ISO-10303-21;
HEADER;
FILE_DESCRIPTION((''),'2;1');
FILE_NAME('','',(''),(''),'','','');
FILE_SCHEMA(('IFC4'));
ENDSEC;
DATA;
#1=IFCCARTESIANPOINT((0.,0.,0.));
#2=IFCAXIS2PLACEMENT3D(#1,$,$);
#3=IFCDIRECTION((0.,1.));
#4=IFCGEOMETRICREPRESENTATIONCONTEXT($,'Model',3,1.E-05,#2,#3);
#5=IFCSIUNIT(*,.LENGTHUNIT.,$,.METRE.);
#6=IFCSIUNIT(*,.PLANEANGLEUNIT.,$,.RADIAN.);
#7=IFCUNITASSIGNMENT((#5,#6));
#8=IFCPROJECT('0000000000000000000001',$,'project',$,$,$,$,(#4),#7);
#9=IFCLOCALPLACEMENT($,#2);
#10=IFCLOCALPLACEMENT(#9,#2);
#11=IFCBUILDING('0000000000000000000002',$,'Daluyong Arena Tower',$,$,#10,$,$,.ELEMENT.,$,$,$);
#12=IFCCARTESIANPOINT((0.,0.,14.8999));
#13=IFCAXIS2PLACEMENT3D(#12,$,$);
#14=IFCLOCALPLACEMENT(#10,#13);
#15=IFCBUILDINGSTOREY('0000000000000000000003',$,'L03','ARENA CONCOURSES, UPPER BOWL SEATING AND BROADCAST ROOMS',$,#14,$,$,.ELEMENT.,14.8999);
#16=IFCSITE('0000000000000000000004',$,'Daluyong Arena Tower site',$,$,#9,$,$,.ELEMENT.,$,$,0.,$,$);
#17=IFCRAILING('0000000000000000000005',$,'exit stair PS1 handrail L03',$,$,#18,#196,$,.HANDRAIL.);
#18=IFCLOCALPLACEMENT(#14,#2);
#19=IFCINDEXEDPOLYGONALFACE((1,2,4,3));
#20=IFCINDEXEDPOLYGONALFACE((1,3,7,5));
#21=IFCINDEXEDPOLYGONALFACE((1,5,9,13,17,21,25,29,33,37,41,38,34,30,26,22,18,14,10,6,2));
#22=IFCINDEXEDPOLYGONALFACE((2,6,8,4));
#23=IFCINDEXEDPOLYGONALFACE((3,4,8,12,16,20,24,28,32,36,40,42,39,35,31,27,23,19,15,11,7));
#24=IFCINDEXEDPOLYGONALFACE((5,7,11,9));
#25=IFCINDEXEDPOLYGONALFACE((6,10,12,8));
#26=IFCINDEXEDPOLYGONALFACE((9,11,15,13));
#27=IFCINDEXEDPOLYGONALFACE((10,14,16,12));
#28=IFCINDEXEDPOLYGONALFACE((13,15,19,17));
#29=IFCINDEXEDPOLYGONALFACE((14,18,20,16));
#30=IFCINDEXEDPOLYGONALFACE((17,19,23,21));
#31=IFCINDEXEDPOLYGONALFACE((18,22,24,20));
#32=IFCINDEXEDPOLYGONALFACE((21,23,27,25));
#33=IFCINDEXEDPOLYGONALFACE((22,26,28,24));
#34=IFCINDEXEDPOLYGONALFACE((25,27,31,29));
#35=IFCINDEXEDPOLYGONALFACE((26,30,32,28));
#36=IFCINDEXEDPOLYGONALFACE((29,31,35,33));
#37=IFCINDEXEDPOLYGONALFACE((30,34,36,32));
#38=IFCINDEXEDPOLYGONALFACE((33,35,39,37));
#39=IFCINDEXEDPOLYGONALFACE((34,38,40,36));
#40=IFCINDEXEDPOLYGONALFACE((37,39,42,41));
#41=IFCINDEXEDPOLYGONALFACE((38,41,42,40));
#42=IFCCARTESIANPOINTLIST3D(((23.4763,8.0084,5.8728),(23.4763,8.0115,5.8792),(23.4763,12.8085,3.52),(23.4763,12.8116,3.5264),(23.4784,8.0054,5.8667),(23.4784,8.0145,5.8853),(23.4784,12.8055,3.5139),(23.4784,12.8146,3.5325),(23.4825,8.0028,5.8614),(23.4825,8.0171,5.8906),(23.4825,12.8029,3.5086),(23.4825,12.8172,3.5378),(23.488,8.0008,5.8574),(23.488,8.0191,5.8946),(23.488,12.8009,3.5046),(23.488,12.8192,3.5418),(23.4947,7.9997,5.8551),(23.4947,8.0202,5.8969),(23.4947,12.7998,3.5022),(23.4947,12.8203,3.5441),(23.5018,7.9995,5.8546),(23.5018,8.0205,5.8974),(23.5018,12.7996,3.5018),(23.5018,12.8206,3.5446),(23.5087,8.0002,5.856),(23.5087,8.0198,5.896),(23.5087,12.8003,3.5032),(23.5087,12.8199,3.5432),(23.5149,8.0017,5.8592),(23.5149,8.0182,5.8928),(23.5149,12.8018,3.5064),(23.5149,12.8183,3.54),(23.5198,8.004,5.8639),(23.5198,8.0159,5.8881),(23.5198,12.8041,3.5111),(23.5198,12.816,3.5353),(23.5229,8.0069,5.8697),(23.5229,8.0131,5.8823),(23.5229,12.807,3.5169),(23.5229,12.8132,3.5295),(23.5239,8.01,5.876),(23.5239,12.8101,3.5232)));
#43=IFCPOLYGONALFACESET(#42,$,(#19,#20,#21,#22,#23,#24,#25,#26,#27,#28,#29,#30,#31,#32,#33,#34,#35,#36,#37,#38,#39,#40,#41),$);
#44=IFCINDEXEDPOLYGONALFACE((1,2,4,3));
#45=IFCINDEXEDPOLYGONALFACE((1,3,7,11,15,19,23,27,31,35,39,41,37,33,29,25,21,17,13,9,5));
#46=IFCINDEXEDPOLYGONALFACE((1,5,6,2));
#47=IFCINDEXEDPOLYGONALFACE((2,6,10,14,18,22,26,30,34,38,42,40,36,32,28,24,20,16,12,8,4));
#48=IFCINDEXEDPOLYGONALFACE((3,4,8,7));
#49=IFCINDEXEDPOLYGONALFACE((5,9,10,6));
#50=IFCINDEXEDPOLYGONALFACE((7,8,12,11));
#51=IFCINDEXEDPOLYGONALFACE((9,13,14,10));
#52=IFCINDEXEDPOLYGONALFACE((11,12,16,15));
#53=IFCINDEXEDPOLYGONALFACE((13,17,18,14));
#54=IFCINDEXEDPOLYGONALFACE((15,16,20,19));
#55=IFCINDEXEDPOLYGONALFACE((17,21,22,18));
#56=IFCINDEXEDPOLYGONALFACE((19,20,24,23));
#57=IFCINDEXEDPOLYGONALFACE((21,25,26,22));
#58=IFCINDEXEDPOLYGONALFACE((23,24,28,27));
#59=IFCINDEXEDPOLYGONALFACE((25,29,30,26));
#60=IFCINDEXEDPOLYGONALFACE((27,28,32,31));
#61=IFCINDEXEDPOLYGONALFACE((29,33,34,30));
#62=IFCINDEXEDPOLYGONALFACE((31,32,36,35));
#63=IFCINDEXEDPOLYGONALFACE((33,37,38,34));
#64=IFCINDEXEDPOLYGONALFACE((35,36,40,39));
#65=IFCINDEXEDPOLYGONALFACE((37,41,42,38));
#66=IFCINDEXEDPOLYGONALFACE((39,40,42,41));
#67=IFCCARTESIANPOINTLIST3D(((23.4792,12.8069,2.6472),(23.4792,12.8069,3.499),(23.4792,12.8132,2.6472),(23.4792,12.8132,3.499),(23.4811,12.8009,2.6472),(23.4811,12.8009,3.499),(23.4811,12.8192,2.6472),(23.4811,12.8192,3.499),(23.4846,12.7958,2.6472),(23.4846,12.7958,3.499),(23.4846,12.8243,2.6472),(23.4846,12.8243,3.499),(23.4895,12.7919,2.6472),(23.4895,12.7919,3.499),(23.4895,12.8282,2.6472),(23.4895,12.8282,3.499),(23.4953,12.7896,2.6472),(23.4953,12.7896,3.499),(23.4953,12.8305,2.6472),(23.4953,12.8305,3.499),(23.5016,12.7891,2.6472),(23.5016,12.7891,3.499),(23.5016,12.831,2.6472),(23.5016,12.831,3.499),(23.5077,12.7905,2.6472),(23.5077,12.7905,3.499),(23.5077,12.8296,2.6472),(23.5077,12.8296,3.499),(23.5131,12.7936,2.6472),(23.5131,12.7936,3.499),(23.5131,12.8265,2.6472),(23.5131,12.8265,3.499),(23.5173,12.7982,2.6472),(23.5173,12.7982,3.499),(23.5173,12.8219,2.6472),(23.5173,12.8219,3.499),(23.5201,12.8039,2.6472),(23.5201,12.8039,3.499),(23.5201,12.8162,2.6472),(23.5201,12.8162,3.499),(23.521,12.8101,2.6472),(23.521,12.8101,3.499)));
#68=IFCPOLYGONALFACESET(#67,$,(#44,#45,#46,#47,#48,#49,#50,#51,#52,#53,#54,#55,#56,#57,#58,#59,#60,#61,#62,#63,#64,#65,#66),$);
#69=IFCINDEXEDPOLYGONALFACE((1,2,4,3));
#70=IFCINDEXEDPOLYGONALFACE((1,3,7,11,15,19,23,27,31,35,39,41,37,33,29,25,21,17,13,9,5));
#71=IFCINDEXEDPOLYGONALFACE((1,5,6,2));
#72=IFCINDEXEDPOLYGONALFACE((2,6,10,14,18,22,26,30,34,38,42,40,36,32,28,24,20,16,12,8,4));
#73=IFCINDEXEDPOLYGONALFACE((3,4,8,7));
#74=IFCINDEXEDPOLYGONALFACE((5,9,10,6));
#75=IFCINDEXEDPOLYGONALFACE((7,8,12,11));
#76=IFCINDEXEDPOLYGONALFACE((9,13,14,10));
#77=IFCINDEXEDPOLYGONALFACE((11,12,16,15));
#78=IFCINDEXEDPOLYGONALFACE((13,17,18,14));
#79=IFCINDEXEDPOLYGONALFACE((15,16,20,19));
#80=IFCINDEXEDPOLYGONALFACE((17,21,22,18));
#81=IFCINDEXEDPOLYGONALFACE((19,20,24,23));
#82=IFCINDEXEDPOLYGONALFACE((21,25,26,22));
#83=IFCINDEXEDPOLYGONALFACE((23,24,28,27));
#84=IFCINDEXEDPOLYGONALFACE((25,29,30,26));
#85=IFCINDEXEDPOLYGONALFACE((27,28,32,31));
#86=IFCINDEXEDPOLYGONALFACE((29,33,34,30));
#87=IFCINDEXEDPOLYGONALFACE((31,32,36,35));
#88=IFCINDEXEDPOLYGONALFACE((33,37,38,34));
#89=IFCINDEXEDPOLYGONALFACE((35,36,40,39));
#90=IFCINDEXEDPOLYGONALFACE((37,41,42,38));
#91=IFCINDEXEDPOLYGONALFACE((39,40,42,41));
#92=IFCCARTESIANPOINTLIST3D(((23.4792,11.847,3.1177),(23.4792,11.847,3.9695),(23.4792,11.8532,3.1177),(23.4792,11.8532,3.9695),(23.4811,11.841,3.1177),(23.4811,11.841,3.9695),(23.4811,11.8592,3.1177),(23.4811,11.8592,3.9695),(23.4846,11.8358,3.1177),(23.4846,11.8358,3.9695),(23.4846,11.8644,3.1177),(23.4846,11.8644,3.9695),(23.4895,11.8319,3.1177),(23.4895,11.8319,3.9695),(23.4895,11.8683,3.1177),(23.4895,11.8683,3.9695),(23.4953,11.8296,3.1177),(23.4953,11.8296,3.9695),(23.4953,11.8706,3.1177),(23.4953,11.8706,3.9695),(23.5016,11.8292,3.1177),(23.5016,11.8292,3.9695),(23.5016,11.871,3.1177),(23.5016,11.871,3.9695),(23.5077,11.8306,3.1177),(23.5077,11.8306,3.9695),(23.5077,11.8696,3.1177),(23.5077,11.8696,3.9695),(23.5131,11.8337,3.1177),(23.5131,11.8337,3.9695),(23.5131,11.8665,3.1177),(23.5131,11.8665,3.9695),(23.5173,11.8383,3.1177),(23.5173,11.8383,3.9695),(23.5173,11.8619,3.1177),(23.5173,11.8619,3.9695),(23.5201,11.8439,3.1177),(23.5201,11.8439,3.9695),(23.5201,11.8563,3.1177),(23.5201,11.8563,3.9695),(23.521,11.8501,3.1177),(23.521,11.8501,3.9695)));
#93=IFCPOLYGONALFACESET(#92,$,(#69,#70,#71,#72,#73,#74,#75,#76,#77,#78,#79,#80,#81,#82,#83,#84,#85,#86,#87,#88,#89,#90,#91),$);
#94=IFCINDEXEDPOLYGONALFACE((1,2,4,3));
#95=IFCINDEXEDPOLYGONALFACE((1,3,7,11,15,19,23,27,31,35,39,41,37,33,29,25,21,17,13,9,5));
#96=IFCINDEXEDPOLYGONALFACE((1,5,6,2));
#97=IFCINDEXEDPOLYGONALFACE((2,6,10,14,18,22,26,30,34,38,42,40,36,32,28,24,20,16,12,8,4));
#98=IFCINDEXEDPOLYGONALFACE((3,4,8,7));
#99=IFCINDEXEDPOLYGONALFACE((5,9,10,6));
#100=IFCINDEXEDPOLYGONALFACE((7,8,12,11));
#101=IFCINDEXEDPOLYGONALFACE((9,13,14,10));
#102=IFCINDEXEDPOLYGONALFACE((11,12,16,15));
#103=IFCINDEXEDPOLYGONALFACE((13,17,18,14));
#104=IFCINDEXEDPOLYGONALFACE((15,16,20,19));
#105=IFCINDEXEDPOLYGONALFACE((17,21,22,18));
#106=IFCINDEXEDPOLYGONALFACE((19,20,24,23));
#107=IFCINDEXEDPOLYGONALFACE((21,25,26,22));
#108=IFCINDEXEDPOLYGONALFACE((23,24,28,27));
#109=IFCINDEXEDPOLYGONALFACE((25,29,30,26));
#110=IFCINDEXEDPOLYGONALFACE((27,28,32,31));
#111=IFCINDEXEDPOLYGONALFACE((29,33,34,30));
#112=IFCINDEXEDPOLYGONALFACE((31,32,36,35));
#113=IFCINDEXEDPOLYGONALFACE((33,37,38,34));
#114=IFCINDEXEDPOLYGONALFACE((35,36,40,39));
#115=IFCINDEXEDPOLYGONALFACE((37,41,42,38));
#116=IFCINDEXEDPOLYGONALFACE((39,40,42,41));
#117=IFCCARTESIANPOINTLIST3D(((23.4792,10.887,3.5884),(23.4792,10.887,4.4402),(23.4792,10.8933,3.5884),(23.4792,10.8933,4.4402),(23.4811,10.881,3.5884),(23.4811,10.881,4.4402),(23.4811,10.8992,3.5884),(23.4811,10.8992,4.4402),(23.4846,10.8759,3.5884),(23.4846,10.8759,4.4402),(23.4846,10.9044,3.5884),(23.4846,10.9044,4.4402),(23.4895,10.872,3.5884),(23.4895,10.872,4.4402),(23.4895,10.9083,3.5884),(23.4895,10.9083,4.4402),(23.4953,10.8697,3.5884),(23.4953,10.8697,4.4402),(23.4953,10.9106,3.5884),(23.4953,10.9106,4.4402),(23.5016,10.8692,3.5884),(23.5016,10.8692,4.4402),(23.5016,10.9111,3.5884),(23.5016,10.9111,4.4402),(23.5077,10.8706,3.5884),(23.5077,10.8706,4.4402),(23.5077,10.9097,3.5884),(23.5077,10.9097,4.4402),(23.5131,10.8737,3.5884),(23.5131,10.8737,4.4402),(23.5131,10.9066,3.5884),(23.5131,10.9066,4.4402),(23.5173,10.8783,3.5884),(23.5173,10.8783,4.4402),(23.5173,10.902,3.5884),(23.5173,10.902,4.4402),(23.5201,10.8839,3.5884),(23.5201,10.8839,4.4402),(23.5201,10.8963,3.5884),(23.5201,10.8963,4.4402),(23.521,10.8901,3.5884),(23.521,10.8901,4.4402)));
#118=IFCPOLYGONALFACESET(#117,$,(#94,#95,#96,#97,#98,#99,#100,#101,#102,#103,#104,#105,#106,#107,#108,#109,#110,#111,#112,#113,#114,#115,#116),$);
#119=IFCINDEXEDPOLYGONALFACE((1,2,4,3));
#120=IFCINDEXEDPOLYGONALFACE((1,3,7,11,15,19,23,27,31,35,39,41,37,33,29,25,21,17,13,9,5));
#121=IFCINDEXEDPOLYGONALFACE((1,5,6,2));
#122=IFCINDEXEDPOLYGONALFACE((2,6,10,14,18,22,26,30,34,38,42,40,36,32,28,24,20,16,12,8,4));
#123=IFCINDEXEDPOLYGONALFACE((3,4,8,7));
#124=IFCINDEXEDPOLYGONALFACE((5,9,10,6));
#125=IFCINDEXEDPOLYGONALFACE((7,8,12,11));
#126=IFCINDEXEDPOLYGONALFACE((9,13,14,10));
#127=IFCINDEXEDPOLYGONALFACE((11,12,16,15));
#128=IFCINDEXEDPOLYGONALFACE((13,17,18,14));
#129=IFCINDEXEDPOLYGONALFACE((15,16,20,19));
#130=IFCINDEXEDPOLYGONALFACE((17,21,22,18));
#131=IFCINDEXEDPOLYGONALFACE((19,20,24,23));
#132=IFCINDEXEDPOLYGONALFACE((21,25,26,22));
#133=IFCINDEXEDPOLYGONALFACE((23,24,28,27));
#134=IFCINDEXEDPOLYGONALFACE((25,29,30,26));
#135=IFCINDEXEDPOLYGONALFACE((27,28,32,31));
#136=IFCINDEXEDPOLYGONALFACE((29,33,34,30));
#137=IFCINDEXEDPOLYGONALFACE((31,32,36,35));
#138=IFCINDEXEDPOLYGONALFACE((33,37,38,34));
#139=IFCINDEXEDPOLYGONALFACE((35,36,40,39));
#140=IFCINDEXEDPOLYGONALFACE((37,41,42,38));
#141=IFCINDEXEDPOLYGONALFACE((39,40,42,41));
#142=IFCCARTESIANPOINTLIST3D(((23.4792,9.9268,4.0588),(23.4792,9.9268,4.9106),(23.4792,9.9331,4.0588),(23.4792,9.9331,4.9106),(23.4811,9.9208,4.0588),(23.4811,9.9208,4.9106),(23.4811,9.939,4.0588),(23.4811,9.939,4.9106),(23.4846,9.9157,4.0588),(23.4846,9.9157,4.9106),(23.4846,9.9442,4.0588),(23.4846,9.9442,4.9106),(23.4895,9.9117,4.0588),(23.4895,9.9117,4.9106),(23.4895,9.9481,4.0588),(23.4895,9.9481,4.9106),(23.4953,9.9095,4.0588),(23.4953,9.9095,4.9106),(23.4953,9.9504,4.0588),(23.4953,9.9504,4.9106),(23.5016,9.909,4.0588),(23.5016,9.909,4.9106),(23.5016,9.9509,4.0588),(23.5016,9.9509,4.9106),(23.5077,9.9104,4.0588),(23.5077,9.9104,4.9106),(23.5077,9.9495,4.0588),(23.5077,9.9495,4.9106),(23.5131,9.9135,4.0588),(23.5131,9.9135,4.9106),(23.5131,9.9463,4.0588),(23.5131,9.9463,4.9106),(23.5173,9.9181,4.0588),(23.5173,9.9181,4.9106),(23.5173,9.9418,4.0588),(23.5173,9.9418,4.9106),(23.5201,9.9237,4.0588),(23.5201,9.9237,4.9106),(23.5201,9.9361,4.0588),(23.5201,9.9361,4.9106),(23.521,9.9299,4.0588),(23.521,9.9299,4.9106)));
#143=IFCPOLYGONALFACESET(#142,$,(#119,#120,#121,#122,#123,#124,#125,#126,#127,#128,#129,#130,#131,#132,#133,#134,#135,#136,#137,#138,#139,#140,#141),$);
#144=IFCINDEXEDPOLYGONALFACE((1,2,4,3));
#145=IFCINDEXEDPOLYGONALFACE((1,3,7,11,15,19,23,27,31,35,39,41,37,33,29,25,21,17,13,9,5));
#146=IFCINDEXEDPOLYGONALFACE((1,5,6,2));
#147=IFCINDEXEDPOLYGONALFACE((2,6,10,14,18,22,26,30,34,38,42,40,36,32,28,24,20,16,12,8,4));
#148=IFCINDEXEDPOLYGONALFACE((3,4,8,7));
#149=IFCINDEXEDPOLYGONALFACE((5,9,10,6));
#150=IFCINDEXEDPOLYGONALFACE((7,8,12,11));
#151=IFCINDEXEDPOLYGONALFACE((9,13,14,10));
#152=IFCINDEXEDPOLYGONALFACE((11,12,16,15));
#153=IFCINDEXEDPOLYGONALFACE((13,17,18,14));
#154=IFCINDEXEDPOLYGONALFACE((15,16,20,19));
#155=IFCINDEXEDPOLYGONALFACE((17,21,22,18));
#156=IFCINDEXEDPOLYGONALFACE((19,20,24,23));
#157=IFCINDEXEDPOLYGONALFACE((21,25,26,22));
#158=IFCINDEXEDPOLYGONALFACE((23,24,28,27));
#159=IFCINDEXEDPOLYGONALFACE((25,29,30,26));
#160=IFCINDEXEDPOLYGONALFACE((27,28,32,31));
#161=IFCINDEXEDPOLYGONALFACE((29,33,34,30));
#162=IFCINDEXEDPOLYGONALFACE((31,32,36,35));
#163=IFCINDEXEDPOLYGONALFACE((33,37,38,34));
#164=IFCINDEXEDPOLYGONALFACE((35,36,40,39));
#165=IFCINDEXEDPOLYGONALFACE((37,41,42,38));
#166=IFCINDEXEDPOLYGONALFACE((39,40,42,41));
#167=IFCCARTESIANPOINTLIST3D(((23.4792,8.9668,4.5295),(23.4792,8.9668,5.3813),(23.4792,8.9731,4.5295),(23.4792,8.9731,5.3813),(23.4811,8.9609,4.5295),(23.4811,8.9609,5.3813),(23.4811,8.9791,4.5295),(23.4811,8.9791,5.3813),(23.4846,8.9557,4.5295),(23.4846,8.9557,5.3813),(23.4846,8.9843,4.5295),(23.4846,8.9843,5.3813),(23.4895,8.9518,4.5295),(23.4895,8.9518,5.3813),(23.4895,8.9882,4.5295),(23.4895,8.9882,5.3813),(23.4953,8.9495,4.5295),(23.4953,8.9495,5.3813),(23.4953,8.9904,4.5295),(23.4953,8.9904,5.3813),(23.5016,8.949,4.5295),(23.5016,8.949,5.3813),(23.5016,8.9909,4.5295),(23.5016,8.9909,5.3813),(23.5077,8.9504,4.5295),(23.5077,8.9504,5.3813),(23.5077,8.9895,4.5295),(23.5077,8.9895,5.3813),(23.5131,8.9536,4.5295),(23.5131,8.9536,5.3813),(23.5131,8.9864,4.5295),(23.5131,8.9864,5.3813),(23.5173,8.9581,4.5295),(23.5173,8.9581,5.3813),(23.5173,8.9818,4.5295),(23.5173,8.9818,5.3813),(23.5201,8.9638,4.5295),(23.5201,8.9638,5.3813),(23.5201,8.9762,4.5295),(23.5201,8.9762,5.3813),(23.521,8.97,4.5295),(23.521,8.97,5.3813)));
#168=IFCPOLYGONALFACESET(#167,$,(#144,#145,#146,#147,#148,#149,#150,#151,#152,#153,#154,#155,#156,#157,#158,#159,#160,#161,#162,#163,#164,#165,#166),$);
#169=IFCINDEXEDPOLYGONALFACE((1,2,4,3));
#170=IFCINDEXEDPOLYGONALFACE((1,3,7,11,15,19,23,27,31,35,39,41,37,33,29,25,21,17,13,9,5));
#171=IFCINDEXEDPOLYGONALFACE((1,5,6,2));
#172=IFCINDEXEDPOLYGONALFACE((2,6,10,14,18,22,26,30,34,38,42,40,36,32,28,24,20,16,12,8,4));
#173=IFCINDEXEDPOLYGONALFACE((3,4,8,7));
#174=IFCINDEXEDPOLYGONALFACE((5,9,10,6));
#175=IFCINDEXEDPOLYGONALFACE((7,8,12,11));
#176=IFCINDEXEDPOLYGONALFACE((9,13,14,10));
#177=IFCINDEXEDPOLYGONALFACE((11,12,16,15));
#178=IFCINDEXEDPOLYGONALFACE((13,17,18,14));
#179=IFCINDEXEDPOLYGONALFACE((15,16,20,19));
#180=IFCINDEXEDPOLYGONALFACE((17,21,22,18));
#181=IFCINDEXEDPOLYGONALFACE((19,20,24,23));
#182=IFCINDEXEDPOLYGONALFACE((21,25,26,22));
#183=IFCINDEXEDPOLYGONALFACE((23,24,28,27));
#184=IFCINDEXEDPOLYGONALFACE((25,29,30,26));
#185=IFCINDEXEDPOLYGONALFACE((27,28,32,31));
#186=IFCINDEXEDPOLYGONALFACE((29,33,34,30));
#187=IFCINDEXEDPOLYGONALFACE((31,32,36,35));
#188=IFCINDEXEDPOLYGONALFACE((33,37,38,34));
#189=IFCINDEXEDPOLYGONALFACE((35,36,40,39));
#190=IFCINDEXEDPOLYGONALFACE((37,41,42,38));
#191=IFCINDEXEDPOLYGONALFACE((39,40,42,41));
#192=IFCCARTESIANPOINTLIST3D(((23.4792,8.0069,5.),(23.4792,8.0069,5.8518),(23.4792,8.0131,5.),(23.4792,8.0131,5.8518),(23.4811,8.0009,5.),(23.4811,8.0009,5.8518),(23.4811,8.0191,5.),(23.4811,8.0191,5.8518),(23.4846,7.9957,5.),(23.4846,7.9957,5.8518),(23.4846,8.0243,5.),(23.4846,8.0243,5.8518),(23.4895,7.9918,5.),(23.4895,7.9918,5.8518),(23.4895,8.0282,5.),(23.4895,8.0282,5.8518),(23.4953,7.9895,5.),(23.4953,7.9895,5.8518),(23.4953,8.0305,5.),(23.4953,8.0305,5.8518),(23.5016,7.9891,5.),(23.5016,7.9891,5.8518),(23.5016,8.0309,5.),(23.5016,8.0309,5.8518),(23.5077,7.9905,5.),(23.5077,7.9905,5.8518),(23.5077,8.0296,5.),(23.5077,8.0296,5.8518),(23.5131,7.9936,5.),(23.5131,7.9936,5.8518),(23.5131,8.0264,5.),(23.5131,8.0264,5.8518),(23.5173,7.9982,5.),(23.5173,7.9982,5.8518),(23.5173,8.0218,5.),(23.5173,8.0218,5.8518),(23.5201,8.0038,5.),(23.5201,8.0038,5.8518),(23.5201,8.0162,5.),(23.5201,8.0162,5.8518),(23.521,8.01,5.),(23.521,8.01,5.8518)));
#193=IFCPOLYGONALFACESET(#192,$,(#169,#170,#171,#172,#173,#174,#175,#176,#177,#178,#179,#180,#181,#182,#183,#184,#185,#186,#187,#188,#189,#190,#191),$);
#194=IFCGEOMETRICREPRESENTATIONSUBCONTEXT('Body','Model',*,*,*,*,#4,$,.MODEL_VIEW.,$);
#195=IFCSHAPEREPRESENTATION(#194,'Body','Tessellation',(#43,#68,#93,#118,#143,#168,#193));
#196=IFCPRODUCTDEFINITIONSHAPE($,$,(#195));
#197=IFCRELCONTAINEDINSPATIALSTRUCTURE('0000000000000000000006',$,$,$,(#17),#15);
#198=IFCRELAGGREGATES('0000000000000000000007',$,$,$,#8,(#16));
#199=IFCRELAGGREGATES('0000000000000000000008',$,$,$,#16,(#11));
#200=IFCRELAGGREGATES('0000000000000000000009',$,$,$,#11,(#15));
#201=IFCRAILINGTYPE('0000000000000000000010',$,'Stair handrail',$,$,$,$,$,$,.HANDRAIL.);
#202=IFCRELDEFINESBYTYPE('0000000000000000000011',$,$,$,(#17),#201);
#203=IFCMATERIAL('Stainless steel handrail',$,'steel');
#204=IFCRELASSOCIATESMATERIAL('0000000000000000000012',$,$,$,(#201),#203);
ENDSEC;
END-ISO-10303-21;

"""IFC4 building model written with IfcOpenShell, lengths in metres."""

from ifc_helpers import new_model, si_unit, direction, frame, origin, origin_2d, place, context, subcontext, project, spatial, circle, extrude, material, type_object, element, save


model = new_model("IFC4")

# Units and contexts
model_context = context("Model", 3, precision=1e-05, world=origin(), true_north=direction((0.0, 1.0)))
body_context = subcontext(model_context, "Body", "Model", "MODEL_VIEW")
ifc_project = project(units=[si_unit("LENGTHUNIT", "METRE"), si_unit("PLANEANGLEUNIT", "RADIAN")], contexts=[model_context])

# Site, building, storey
site_placement = place(None, origin())
site = spatial("IfcSite", under=ifc_project, at=site_placement, Name="Daluyong Arena Tower site", CompositionType="ELEMENT", RefElevation=0.0)
building_placement = place(site_placement, origin())
building = spatial("IfcBuilding", under=site, at=building_placement, Name="Daluyong Arena Tower", CompositionType="ELEMENT")
storey_placement = place(building_placement, frame((0.0, 0.0, 14.8999)))
storey = spatial("IfcBuildingStorey", under=building, at=storey_placement, Name="L03", Description="ARENA CONCOURSES, UPPER BOWL SEATING AND BROADCAST ROOMS", CompositionType="ELEMENT", Elevation=14.8999)

# Railing
ifc_material_1 = material(Name="Stainless steel handrail", Category="steel")
railing_type_1 = type_object("IfcRailingType", Name="Stair handrail", PredefinedType="HANDRAIL", material=ifc_material_1)
railing_1_placement = place(storey_placement, frame((23.5, 12.8101, 2.6472)))
element("IfcRailing", 1, at=railing_1_placement, inside=storey, type_object=railing_type_1, Name="exit stair PS1 handrail L03", PredefinedType="HANDRAIL", context=body_context, shape_type="SweptSolid", body=[
    extrude(circle(Radius=0.0239, at=origin_2d()), frame((0.0, 0.0, 0.876), z_axis=(0.0, -0.897934, 0.44013), x_axis=(1.0, 0.0, 0.0)), (0.0, 0.0, 1.0), 5.3457),
    extrude(circle(Radius=0.021, at=origin_2d()), origin(), (0.0, 0.0, 1.0), 0.8518),
    extrude(circle(Radius=0.021, at=origin_2d()), frame((0.0, -0.96, 0.4705)), (0.0, 0.0, 1.0), 0.8518),
    extrude(circle(Radius=0.021, at=origin_2d()), frame((0.0, -1.9199, 0.9412)), (0.0, 0.0, 1.0), 0.8518),
    extrude(circle(Radius=0.021, at=origin_2d()), frame((0.0, -2.8801, 1.4116)), (0.0, 0.0, 1.0), 0.8518),
    extrude(circle(Radius=0.021, at=origin_2d()), frame((0.0, -3.8401, 1.8823)), (0.0, 0.0, 1.0), 0.8518),
    extrude(circle(Radius=0.021, at=origin_2d()), frame((0.0, -4.8, 2.3528)), (0.0, 0.0, 1.0), 0.8518),
])

save(model, "model.ifc")
